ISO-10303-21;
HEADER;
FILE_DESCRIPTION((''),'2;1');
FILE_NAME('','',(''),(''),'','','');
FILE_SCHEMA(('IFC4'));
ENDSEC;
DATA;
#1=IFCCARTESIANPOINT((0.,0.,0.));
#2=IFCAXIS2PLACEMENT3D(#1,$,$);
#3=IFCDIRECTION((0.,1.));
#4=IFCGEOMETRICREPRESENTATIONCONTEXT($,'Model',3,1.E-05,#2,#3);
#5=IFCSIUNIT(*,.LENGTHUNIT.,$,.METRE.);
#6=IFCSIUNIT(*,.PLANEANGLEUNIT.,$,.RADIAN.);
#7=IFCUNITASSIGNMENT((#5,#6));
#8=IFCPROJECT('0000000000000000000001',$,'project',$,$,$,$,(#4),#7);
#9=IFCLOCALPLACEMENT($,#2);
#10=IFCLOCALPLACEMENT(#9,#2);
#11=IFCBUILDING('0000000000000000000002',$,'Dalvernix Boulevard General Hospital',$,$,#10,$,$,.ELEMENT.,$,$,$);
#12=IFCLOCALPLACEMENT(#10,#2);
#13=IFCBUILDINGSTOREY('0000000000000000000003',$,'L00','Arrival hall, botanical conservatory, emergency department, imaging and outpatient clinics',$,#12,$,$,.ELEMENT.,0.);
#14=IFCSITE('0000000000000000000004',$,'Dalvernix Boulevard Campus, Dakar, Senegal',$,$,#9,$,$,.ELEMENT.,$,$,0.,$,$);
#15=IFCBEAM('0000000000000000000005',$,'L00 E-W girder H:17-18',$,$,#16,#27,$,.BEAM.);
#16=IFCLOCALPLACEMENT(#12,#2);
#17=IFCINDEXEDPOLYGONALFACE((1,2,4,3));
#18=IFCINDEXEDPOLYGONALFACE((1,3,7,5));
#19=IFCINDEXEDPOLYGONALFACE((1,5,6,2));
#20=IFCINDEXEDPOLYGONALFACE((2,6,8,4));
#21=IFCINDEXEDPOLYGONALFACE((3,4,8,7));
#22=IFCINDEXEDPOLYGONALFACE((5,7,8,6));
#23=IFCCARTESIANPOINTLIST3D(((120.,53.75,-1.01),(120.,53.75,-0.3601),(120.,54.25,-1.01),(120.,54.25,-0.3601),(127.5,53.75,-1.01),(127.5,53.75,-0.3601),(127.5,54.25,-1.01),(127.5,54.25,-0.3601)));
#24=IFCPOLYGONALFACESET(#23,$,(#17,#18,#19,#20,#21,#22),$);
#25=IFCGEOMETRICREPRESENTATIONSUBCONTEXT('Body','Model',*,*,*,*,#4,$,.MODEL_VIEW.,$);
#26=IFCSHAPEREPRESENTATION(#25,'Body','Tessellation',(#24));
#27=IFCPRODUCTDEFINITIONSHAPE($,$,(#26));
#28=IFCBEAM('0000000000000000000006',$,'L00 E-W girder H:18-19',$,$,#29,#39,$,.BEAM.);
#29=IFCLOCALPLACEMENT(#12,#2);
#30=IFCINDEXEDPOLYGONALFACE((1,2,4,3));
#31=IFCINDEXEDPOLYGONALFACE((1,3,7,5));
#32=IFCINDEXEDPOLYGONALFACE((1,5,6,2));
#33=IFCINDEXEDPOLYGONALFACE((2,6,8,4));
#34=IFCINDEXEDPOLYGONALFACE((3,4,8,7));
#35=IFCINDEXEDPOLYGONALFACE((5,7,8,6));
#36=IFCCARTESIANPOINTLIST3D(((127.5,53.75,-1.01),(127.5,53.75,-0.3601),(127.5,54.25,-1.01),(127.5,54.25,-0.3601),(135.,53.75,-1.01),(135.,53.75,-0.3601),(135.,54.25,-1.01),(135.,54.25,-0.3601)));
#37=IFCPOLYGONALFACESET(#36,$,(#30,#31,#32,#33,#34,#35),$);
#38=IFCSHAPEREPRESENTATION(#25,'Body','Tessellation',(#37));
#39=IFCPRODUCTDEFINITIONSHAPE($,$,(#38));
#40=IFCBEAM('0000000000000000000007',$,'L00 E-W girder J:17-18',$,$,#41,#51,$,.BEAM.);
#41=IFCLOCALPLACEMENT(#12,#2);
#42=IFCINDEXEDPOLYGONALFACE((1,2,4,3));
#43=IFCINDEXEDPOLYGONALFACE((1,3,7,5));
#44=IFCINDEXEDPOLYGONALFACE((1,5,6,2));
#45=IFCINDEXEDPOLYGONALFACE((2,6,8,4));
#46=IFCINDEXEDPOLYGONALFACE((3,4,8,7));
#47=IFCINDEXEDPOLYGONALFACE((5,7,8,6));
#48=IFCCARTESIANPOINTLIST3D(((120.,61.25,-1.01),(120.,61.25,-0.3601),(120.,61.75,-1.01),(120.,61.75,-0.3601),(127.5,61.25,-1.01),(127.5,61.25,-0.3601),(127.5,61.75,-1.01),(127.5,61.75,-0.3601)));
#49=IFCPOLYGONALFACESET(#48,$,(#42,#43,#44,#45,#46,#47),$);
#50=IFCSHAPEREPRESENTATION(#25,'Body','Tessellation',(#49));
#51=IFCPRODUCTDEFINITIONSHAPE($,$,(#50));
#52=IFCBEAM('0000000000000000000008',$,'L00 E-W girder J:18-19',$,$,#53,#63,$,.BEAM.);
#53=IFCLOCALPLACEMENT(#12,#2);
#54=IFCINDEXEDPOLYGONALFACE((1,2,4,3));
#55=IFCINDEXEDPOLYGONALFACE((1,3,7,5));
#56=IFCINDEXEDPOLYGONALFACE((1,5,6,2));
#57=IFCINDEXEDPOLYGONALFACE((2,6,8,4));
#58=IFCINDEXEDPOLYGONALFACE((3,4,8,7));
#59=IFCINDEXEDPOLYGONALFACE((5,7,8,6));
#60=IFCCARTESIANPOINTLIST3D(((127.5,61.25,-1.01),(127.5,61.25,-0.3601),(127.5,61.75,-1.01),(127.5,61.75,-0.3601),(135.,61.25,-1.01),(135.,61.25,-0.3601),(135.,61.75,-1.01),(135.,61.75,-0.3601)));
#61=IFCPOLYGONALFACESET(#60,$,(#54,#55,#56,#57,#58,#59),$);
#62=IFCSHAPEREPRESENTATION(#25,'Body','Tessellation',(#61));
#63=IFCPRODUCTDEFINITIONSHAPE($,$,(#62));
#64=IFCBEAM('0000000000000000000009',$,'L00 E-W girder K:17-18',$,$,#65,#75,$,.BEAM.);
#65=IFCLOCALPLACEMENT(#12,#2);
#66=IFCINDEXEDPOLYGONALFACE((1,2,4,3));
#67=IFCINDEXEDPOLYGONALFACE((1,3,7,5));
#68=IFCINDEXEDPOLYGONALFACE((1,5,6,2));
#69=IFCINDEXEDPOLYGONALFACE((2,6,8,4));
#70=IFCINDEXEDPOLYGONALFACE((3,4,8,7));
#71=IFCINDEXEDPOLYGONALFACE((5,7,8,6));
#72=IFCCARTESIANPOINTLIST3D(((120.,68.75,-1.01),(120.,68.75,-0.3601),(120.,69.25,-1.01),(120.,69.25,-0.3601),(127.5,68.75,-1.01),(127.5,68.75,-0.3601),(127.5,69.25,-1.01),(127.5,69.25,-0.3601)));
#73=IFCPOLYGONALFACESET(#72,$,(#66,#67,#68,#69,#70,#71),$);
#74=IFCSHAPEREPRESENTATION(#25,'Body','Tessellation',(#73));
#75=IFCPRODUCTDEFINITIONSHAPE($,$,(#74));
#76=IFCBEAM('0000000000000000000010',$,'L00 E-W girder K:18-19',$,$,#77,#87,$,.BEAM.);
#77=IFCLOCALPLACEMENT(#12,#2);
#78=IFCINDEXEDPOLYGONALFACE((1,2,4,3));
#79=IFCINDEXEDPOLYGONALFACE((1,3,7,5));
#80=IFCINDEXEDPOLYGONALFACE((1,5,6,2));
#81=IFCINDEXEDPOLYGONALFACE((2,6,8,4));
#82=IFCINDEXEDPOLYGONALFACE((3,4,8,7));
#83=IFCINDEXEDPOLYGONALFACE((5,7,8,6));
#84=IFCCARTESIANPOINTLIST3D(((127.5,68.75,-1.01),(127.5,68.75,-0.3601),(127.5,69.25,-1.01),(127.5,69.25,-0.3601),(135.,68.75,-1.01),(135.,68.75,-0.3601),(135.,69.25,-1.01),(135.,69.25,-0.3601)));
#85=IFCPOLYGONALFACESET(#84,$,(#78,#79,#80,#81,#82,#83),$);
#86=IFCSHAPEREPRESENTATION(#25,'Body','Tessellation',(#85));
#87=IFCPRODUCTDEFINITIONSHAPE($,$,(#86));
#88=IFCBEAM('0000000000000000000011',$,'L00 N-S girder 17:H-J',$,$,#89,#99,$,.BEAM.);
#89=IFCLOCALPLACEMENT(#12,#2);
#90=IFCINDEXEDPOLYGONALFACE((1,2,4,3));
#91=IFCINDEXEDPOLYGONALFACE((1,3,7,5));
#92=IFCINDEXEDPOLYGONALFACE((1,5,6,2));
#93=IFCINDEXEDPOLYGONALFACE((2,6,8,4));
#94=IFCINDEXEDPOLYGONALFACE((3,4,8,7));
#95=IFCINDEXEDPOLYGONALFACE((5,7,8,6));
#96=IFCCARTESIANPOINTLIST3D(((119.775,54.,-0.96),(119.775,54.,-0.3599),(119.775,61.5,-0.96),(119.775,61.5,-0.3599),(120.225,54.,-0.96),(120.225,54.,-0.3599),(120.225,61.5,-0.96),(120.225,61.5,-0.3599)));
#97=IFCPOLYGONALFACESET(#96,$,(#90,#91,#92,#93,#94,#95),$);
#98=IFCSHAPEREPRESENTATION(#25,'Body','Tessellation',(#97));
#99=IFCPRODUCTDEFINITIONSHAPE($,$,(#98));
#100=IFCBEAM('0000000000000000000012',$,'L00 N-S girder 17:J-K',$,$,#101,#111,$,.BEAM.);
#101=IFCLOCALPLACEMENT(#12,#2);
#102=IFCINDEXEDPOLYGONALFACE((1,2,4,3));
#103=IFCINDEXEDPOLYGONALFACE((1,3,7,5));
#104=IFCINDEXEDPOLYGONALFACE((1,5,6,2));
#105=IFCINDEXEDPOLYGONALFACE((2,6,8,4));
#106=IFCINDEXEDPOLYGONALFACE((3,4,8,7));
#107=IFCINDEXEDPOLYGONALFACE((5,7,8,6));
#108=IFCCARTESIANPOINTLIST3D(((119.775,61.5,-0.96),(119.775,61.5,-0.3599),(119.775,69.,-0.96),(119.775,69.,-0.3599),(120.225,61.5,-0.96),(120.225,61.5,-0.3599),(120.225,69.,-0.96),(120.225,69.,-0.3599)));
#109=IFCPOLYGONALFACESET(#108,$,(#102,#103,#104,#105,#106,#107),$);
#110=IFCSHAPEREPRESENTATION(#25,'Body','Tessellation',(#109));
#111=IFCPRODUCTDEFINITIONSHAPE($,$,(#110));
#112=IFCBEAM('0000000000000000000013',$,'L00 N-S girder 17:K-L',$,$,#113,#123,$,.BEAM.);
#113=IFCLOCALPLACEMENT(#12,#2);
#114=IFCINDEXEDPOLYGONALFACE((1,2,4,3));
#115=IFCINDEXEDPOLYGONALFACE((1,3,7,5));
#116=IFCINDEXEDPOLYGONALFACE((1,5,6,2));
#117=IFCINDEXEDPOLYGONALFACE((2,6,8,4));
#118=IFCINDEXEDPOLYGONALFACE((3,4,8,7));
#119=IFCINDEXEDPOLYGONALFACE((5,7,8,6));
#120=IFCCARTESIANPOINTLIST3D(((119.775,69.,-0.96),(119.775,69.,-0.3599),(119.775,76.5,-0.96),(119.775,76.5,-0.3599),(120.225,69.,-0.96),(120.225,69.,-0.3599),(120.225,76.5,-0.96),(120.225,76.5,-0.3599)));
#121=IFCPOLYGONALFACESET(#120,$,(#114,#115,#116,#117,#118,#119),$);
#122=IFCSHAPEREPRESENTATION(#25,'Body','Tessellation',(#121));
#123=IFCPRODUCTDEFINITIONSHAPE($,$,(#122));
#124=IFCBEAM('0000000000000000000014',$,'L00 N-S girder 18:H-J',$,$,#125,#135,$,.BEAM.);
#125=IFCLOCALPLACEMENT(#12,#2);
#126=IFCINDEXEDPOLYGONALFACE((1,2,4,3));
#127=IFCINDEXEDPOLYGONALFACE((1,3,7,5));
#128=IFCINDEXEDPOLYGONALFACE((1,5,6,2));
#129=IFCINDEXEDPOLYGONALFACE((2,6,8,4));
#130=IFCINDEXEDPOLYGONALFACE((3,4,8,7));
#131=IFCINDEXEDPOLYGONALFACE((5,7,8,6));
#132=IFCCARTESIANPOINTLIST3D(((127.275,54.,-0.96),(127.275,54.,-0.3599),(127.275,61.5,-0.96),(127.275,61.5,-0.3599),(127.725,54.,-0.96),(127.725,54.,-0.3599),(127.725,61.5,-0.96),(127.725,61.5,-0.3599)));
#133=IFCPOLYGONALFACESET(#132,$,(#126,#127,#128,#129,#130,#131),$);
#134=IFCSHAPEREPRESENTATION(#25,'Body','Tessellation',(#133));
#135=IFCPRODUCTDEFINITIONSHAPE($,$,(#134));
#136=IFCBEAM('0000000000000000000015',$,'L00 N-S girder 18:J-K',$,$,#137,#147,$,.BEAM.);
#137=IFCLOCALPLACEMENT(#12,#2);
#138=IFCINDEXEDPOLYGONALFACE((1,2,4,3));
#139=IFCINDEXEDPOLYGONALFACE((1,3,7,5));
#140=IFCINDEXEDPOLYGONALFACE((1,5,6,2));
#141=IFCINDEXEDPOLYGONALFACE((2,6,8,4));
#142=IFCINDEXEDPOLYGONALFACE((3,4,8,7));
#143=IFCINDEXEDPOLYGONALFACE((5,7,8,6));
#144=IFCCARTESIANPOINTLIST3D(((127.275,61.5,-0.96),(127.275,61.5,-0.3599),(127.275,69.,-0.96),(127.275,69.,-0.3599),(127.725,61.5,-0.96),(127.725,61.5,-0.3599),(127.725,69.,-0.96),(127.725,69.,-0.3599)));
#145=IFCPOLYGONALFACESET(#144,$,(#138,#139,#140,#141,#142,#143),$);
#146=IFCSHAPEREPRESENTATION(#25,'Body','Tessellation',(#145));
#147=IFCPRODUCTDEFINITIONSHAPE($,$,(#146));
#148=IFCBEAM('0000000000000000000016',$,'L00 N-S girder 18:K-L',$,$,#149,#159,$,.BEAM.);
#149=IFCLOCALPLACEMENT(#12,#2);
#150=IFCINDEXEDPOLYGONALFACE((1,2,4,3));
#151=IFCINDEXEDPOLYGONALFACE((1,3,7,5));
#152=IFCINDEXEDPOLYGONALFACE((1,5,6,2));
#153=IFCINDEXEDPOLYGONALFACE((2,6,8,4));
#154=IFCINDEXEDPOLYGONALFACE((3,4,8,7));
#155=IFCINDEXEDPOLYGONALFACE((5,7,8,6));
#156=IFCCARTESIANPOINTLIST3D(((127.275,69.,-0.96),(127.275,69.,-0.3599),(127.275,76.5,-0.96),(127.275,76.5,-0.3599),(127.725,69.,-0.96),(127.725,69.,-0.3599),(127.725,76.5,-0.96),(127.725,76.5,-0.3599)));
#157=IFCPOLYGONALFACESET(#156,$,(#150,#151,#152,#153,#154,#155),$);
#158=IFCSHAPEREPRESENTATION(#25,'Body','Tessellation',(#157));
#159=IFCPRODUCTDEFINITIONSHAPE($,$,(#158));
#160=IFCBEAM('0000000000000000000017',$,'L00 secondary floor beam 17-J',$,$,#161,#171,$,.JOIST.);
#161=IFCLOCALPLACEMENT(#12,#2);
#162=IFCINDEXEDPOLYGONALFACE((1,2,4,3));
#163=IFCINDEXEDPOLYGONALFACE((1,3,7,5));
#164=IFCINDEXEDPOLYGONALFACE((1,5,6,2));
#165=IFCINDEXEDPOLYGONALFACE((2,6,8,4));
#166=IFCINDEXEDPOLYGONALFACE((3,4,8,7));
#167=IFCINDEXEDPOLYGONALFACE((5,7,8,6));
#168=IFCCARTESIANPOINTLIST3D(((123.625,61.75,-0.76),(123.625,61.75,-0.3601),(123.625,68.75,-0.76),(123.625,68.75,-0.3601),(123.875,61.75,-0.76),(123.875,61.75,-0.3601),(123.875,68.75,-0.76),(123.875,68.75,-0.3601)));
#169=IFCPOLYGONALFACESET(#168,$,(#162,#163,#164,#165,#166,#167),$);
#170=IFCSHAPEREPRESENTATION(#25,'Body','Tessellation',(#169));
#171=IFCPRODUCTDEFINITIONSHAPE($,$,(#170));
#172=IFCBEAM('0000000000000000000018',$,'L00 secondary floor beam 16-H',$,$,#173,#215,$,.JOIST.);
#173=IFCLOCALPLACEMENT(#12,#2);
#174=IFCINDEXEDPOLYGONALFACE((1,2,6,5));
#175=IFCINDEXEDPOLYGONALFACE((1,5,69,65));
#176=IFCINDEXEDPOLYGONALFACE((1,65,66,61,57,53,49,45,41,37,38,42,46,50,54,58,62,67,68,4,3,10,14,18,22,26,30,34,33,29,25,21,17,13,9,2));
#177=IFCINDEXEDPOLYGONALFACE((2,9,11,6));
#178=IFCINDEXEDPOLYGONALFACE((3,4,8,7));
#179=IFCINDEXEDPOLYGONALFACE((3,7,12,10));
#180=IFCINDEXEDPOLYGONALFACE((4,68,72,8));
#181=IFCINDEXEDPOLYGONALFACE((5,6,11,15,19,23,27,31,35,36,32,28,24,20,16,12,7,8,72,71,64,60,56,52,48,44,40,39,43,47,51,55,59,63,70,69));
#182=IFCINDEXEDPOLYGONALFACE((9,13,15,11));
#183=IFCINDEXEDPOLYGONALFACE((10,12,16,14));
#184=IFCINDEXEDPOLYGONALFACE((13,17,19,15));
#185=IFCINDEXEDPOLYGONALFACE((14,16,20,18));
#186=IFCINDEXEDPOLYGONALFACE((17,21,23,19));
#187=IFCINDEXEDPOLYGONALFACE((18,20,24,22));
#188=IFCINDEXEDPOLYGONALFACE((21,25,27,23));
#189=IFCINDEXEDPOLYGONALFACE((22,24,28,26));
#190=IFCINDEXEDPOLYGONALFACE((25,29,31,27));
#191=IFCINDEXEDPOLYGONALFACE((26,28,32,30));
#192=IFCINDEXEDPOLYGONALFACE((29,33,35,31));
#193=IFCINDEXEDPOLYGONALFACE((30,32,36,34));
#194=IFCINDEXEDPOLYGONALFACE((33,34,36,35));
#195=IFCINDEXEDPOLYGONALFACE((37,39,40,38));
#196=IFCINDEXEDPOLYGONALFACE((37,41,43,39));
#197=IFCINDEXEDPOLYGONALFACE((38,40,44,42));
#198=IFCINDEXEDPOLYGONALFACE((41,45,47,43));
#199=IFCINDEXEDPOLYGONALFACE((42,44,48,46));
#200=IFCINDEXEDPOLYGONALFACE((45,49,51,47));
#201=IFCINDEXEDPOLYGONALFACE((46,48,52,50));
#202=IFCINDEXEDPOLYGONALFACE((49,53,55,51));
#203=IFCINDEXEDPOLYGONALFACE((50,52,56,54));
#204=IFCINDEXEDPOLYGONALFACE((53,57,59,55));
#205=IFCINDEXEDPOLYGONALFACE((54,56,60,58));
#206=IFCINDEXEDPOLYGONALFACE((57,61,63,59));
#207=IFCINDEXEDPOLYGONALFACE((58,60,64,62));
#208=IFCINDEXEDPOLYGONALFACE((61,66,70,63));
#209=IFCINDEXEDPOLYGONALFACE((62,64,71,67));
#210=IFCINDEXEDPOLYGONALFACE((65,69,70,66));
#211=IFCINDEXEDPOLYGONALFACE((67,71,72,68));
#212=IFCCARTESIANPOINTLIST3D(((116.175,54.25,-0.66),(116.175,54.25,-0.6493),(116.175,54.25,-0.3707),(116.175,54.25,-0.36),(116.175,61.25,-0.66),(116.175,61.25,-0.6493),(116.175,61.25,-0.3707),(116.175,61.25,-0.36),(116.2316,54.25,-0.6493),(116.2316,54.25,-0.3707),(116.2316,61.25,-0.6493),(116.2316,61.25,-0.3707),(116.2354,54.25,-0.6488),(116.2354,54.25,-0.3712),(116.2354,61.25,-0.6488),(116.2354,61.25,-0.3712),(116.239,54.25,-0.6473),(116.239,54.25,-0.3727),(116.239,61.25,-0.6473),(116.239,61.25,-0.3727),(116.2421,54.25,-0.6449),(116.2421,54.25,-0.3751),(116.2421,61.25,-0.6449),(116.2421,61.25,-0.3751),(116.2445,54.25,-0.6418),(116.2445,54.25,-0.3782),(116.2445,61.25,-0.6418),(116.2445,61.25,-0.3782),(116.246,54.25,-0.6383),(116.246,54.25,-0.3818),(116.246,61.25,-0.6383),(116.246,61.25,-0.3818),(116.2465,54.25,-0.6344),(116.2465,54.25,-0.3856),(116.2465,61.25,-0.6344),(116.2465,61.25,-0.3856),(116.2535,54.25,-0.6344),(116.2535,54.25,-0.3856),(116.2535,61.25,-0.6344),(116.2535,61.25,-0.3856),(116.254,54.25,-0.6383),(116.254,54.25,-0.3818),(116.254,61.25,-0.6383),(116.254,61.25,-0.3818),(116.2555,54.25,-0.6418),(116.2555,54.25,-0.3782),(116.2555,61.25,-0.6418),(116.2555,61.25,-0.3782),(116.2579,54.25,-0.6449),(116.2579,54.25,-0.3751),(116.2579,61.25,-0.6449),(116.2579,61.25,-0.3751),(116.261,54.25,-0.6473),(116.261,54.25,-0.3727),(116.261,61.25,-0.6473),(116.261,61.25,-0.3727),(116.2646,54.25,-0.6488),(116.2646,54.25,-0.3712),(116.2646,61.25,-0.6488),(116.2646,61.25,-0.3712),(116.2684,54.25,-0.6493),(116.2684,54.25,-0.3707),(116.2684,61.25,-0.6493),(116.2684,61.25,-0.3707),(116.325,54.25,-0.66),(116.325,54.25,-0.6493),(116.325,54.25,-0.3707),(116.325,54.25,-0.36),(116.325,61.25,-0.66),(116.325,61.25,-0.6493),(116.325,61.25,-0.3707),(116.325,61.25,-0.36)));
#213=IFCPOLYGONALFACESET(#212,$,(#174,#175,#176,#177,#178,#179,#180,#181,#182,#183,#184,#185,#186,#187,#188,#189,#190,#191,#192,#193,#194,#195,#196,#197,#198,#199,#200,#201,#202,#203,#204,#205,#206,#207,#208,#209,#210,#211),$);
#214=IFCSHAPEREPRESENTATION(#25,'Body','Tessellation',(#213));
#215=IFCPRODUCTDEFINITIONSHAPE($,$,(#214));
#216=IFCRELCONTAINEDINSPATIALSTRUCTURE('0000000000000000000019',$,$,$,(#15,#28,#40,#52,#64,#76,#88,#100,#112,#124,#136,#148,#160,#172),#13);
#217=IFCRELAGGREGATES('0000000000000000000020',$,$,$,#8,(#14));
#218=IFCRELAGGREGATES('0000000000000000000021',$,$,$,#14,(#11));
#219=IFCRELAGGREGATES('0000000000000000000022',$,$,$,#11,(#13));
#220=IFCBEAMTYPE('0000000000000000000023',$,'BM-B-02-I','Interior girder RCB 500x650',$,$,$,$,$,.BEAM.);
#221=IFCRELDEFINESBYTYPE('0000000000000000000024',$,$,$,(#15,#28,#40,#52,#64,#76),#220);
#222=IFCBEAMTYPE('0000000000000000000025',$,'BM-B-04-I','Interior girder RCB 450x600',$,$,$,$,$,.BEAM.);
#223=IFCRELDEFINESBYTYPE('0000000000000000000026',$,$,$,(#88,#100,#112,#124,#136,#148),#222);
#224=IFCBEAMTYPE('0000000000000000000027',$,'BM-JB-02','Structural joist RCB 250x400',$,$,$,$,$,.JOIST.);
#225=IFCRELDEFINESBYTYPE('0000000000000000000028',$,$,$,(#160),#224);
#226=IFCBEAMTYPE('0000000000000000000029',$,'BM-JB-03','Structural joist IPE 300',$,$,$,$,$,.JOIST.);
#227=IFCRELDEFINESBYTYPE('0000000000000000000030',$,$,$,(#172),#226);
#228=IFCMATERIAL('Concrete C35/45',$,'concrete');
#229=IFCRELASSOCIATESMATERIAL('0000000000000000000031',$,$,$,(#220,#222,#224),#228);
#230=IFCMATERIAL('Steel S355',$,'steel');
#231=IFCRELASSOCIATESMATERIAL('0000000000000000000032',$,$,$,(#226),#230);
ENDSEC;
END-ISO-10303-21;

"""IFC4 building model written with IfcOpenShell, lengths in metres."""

from ifc_helpers import new_model, si_unit, direction, frame, origin, origin_2d, place, context, subcontext, project, spatial, rectangle, i_section, extrude, material, material_profile, profile_set, type_object, element, save


model = new_model("IFC4")

# Units and contexts
model_context = context("Model", 3, precision=1e-05, world=origin(), true_north=direction((0.0, 1.0)))
body_context = subcontext(model_context, "Body", "Model", "MODEL_VIEW")
ifc_project = project(units=[si_unit("LENGTHUNIT", "METRE"), si_unit("PLANEANGLEUNIT", "RADIAN")], contexts=[model_context])

# Site, building, storey
site_placement = place(None, origin())
site = spatial("IfcSite", under=ifc_project, at=site_placement, Name="Dalvernix Boulevard Campus, Dakar, Senegal", CompositionType="ELEMENT", RefElevation=0.0)
building_placement = place(site_placement, origin())
building = spatial("IfcBuilding", under=site, at=building_placement, Name="Dalvernix Boulevard General Hospital", CompositionType="ELEMENT")
storey_placement = place(building_placement, origin())
storey = spatial("IfcBuildingStorey", under=building, at=storey_placement, Name="L00", Description="Arrival hall, botanical conservatory, emergency department, imaging and outpatient clinics", CompositionType="ELEMENT", Elevation=0.0)

# Beams
ifc_material_1 = material(Name="Concrete C35/45", Category="concrete")
ifc_material_profile_1 = material_profile(ifc_material_1, rectangle(XDim=0.5, YDim=0.6499, at=origin_2d()), Name="RCB 500x650")
ifc_profile_set_1 = profile_set([ifc_material_profile_1], Name="Concrete C35/45")
beam_type_1 = type_object("IfcBeamType", Name="BM-B-02-I", Description="Interior girder RCB 500x650", PredefinedType="BEAM", material=ifc_profile_set_1)
for number, where, z_axis, x_axis, name in (
    (1, (120.0, 54.0, -0.6851), (1.0, 0.0, 0.0), (0.0, 1.0, 0.0), "L00 E-W girder H:17-18"),
    (2, (127.5, 54.0, -0.6851), (1.0, 0.0, 0.0), (0.0, 1.0, 0.0), "L00 E-W girder H:18-19"),
    (3, (120.0, 61.5, -0.6851), (1.0, 0.0, 0.0), (0.0, 1.0, 0.0), "L00 E-W girder J:17-18"),
    (4, (127.5, 61.5, -0.6851), (1.0, 0.0, 0.0), (0.0, 1.0, 0.0), "L00 E-W girder J:18-19"),
    (5, (120.0, 69.0, -0.6851), (1.0, 0.0, 0.0), (0.0, 1.0, 0.0), "L00 E-W girder K:17-18"),
    (6, (127.5, 69.0, -0.6851), (1.0, 0.0, 0.0), (0.0, 1.0, 0.0), "L00 E-W girder K:18-19"),
):
    element("IfcBeam", number, at=place(storey_placement, frame(where, z_axis=z_axis, x_axis=x_axis)), inside=storey, type_object=beam_type_1, Name=name, PredefinedType="BEAM", context=body_context, shape_type="SweptSolid", body=[
        extrude(rectangle(XDim=0.5, YDim=0.6499, at=origin_2d()), origin(), (0.0, 0.0, 1.0), 7.5),
    ])
ifc_material_profile_2 = material_profile(ifc_material_1, rectangle(XDim=0.45, YDim=0.6001, at=origin_2d()), Name="RCB 450x600")
ifc_profile_set_2 = profile_set([ifc_material_profile_2], Name="Concrete C35/45")
beam_type_2 = type_object("IfcBeamType", Name="BM-B-04-I", Description="Interior girder RCB 450x600", PredefinedType="BEAM", material=ifc_profile_set_2)
for number, where, z_axis, x_axis, name in (
    (7, (120.0, 54.0, -0.6599), (0.0, 1.0, 0.0), (-1.0, 0.0, 0.0), "L00 N-S girder 17:H-J"),
    (8, (120.0, 61.5, -0.6599), (0.0, 1.0, 0.0), (-1.0, 0.0, 0.0), "L00 N-S girder 17:J-K"),
    (9, (120.0, 69.0, -0.6599), (0.0, 1.0, 0.0), (-1.0, 0.0, 0.0), "L00 N-S girder 17:K-L"),
    (10, (127.5, 54.0, -0.6599), (0.0, 1.0, 0.0), (-1.0, 0.0, 0.0), "L00 N-S girder 18:H-J"),
    (11, (127.5, 61.5, -0.6599), (0.0, 1.0, 0.0), (-1.0, 0.0, 0.0), "L00 N-S girder 18:J-K"),
    (12, (127.5, 69.0, -0.6599), (0.0, 1.0, 0.0), (-1.0, 0.0, 0.0), "L00 N-S girder 18:K-L"),
):
    element("IfcBeam", number, at=place(storey_placement, frame(where, z_axis=z_axis, x_axis=x_axis)), inside=storey, type_object=beam_type_2, Name=name, PredefinedType="BEAM", context=body_context, shape_type="SweptSolid", body=[
        extrude(rectangle(XDim=0.45, YDim=0.6001, at=origin_2d()), origin(), (0.0, 0.0, 1.0), 7.5),
    ])
ifc_material_profile_3 = material_profile(ifc_material_1, rectangle(XDim=0.25, YDim=0.3999, at=origin_2d()), Name="RCB 250x400")
ifc_profile_set_3 = profile_set([ifc_material_profile_3], Name="Concrete C35/45")
beam_type_3 = type_object("IfcBeamType", Name="BM-JB-02", Description="Structural joist RCB 250x400", PredefinedType="JOIST", material=ifc_profile_set_3)
beam_placement = place(storey_placement, frame((123.75, 61.75, -0.5601), z_axis=(0.0, 1.0, 0.0), x_axis=(-1.0, 0.0, 0.0)))
element("IfcBeam", 13, at=beam_placement, inside=storey, type_object=beam_type_3, Name="L00 secondary floor beam 17-J", PredefinedType="JOIST", context=body_context, shape_type="SweptSolid", body=[
    extrude(rectangle(XDim=0.25, YDim=0.3999, at=origin_2d()), origin(), (0.0, 0.0, 1.0), 7.0),
])
ifc_material_2 = material(Name="Steel S355", Category="steel")
ifc_material_profile_4 = material_profile(ifc_material_2, i_section(OverallWidth=0.1499, OverallDepth=0.3, WebThickness=0.0071, FlangeThickness=0.0107, FilletRadius=0.0149, at=origin_2d()), Name="IPE 300")
ifc_profile_set_4 = profile_set([ifc_material_profile_4], Name="Steel S355")
beam_type_4 = type_object("IfcBeamType", Name="BM-JB-03", Description="Structural joist IPE 300", PredefinedType="JOIST", material=ifc_profile_set_4)
for number, where, z_axis, x_axis, name in (
    (14, (116.25, 54.25, -0.51), (0.0, 1.0, 0.0), (-1.0, 0.0, 0.0), "L00 secondary floor beam 16-H"),
):
    element("IfcBeam", number, at=place(storey_placement, frame(where, z_axis=z_axis, x_axis=x_axis)), inside=storey, type_object=beam_type_4, Name=name, PredefinedType="JOIST", context=body_context, shape_type="SweptSolid", body=[
        extrude(i_section(OverallWidth=0.1499, OverallDepth=0.3, WebThickness=0.0071, FlangeThickness=0.0107, FilletRadius=0.0149, at=origin_2d()), origin(), (0.0, 0.0, 1.0), 7.0),
    ])

save(model, "model.ifc")
